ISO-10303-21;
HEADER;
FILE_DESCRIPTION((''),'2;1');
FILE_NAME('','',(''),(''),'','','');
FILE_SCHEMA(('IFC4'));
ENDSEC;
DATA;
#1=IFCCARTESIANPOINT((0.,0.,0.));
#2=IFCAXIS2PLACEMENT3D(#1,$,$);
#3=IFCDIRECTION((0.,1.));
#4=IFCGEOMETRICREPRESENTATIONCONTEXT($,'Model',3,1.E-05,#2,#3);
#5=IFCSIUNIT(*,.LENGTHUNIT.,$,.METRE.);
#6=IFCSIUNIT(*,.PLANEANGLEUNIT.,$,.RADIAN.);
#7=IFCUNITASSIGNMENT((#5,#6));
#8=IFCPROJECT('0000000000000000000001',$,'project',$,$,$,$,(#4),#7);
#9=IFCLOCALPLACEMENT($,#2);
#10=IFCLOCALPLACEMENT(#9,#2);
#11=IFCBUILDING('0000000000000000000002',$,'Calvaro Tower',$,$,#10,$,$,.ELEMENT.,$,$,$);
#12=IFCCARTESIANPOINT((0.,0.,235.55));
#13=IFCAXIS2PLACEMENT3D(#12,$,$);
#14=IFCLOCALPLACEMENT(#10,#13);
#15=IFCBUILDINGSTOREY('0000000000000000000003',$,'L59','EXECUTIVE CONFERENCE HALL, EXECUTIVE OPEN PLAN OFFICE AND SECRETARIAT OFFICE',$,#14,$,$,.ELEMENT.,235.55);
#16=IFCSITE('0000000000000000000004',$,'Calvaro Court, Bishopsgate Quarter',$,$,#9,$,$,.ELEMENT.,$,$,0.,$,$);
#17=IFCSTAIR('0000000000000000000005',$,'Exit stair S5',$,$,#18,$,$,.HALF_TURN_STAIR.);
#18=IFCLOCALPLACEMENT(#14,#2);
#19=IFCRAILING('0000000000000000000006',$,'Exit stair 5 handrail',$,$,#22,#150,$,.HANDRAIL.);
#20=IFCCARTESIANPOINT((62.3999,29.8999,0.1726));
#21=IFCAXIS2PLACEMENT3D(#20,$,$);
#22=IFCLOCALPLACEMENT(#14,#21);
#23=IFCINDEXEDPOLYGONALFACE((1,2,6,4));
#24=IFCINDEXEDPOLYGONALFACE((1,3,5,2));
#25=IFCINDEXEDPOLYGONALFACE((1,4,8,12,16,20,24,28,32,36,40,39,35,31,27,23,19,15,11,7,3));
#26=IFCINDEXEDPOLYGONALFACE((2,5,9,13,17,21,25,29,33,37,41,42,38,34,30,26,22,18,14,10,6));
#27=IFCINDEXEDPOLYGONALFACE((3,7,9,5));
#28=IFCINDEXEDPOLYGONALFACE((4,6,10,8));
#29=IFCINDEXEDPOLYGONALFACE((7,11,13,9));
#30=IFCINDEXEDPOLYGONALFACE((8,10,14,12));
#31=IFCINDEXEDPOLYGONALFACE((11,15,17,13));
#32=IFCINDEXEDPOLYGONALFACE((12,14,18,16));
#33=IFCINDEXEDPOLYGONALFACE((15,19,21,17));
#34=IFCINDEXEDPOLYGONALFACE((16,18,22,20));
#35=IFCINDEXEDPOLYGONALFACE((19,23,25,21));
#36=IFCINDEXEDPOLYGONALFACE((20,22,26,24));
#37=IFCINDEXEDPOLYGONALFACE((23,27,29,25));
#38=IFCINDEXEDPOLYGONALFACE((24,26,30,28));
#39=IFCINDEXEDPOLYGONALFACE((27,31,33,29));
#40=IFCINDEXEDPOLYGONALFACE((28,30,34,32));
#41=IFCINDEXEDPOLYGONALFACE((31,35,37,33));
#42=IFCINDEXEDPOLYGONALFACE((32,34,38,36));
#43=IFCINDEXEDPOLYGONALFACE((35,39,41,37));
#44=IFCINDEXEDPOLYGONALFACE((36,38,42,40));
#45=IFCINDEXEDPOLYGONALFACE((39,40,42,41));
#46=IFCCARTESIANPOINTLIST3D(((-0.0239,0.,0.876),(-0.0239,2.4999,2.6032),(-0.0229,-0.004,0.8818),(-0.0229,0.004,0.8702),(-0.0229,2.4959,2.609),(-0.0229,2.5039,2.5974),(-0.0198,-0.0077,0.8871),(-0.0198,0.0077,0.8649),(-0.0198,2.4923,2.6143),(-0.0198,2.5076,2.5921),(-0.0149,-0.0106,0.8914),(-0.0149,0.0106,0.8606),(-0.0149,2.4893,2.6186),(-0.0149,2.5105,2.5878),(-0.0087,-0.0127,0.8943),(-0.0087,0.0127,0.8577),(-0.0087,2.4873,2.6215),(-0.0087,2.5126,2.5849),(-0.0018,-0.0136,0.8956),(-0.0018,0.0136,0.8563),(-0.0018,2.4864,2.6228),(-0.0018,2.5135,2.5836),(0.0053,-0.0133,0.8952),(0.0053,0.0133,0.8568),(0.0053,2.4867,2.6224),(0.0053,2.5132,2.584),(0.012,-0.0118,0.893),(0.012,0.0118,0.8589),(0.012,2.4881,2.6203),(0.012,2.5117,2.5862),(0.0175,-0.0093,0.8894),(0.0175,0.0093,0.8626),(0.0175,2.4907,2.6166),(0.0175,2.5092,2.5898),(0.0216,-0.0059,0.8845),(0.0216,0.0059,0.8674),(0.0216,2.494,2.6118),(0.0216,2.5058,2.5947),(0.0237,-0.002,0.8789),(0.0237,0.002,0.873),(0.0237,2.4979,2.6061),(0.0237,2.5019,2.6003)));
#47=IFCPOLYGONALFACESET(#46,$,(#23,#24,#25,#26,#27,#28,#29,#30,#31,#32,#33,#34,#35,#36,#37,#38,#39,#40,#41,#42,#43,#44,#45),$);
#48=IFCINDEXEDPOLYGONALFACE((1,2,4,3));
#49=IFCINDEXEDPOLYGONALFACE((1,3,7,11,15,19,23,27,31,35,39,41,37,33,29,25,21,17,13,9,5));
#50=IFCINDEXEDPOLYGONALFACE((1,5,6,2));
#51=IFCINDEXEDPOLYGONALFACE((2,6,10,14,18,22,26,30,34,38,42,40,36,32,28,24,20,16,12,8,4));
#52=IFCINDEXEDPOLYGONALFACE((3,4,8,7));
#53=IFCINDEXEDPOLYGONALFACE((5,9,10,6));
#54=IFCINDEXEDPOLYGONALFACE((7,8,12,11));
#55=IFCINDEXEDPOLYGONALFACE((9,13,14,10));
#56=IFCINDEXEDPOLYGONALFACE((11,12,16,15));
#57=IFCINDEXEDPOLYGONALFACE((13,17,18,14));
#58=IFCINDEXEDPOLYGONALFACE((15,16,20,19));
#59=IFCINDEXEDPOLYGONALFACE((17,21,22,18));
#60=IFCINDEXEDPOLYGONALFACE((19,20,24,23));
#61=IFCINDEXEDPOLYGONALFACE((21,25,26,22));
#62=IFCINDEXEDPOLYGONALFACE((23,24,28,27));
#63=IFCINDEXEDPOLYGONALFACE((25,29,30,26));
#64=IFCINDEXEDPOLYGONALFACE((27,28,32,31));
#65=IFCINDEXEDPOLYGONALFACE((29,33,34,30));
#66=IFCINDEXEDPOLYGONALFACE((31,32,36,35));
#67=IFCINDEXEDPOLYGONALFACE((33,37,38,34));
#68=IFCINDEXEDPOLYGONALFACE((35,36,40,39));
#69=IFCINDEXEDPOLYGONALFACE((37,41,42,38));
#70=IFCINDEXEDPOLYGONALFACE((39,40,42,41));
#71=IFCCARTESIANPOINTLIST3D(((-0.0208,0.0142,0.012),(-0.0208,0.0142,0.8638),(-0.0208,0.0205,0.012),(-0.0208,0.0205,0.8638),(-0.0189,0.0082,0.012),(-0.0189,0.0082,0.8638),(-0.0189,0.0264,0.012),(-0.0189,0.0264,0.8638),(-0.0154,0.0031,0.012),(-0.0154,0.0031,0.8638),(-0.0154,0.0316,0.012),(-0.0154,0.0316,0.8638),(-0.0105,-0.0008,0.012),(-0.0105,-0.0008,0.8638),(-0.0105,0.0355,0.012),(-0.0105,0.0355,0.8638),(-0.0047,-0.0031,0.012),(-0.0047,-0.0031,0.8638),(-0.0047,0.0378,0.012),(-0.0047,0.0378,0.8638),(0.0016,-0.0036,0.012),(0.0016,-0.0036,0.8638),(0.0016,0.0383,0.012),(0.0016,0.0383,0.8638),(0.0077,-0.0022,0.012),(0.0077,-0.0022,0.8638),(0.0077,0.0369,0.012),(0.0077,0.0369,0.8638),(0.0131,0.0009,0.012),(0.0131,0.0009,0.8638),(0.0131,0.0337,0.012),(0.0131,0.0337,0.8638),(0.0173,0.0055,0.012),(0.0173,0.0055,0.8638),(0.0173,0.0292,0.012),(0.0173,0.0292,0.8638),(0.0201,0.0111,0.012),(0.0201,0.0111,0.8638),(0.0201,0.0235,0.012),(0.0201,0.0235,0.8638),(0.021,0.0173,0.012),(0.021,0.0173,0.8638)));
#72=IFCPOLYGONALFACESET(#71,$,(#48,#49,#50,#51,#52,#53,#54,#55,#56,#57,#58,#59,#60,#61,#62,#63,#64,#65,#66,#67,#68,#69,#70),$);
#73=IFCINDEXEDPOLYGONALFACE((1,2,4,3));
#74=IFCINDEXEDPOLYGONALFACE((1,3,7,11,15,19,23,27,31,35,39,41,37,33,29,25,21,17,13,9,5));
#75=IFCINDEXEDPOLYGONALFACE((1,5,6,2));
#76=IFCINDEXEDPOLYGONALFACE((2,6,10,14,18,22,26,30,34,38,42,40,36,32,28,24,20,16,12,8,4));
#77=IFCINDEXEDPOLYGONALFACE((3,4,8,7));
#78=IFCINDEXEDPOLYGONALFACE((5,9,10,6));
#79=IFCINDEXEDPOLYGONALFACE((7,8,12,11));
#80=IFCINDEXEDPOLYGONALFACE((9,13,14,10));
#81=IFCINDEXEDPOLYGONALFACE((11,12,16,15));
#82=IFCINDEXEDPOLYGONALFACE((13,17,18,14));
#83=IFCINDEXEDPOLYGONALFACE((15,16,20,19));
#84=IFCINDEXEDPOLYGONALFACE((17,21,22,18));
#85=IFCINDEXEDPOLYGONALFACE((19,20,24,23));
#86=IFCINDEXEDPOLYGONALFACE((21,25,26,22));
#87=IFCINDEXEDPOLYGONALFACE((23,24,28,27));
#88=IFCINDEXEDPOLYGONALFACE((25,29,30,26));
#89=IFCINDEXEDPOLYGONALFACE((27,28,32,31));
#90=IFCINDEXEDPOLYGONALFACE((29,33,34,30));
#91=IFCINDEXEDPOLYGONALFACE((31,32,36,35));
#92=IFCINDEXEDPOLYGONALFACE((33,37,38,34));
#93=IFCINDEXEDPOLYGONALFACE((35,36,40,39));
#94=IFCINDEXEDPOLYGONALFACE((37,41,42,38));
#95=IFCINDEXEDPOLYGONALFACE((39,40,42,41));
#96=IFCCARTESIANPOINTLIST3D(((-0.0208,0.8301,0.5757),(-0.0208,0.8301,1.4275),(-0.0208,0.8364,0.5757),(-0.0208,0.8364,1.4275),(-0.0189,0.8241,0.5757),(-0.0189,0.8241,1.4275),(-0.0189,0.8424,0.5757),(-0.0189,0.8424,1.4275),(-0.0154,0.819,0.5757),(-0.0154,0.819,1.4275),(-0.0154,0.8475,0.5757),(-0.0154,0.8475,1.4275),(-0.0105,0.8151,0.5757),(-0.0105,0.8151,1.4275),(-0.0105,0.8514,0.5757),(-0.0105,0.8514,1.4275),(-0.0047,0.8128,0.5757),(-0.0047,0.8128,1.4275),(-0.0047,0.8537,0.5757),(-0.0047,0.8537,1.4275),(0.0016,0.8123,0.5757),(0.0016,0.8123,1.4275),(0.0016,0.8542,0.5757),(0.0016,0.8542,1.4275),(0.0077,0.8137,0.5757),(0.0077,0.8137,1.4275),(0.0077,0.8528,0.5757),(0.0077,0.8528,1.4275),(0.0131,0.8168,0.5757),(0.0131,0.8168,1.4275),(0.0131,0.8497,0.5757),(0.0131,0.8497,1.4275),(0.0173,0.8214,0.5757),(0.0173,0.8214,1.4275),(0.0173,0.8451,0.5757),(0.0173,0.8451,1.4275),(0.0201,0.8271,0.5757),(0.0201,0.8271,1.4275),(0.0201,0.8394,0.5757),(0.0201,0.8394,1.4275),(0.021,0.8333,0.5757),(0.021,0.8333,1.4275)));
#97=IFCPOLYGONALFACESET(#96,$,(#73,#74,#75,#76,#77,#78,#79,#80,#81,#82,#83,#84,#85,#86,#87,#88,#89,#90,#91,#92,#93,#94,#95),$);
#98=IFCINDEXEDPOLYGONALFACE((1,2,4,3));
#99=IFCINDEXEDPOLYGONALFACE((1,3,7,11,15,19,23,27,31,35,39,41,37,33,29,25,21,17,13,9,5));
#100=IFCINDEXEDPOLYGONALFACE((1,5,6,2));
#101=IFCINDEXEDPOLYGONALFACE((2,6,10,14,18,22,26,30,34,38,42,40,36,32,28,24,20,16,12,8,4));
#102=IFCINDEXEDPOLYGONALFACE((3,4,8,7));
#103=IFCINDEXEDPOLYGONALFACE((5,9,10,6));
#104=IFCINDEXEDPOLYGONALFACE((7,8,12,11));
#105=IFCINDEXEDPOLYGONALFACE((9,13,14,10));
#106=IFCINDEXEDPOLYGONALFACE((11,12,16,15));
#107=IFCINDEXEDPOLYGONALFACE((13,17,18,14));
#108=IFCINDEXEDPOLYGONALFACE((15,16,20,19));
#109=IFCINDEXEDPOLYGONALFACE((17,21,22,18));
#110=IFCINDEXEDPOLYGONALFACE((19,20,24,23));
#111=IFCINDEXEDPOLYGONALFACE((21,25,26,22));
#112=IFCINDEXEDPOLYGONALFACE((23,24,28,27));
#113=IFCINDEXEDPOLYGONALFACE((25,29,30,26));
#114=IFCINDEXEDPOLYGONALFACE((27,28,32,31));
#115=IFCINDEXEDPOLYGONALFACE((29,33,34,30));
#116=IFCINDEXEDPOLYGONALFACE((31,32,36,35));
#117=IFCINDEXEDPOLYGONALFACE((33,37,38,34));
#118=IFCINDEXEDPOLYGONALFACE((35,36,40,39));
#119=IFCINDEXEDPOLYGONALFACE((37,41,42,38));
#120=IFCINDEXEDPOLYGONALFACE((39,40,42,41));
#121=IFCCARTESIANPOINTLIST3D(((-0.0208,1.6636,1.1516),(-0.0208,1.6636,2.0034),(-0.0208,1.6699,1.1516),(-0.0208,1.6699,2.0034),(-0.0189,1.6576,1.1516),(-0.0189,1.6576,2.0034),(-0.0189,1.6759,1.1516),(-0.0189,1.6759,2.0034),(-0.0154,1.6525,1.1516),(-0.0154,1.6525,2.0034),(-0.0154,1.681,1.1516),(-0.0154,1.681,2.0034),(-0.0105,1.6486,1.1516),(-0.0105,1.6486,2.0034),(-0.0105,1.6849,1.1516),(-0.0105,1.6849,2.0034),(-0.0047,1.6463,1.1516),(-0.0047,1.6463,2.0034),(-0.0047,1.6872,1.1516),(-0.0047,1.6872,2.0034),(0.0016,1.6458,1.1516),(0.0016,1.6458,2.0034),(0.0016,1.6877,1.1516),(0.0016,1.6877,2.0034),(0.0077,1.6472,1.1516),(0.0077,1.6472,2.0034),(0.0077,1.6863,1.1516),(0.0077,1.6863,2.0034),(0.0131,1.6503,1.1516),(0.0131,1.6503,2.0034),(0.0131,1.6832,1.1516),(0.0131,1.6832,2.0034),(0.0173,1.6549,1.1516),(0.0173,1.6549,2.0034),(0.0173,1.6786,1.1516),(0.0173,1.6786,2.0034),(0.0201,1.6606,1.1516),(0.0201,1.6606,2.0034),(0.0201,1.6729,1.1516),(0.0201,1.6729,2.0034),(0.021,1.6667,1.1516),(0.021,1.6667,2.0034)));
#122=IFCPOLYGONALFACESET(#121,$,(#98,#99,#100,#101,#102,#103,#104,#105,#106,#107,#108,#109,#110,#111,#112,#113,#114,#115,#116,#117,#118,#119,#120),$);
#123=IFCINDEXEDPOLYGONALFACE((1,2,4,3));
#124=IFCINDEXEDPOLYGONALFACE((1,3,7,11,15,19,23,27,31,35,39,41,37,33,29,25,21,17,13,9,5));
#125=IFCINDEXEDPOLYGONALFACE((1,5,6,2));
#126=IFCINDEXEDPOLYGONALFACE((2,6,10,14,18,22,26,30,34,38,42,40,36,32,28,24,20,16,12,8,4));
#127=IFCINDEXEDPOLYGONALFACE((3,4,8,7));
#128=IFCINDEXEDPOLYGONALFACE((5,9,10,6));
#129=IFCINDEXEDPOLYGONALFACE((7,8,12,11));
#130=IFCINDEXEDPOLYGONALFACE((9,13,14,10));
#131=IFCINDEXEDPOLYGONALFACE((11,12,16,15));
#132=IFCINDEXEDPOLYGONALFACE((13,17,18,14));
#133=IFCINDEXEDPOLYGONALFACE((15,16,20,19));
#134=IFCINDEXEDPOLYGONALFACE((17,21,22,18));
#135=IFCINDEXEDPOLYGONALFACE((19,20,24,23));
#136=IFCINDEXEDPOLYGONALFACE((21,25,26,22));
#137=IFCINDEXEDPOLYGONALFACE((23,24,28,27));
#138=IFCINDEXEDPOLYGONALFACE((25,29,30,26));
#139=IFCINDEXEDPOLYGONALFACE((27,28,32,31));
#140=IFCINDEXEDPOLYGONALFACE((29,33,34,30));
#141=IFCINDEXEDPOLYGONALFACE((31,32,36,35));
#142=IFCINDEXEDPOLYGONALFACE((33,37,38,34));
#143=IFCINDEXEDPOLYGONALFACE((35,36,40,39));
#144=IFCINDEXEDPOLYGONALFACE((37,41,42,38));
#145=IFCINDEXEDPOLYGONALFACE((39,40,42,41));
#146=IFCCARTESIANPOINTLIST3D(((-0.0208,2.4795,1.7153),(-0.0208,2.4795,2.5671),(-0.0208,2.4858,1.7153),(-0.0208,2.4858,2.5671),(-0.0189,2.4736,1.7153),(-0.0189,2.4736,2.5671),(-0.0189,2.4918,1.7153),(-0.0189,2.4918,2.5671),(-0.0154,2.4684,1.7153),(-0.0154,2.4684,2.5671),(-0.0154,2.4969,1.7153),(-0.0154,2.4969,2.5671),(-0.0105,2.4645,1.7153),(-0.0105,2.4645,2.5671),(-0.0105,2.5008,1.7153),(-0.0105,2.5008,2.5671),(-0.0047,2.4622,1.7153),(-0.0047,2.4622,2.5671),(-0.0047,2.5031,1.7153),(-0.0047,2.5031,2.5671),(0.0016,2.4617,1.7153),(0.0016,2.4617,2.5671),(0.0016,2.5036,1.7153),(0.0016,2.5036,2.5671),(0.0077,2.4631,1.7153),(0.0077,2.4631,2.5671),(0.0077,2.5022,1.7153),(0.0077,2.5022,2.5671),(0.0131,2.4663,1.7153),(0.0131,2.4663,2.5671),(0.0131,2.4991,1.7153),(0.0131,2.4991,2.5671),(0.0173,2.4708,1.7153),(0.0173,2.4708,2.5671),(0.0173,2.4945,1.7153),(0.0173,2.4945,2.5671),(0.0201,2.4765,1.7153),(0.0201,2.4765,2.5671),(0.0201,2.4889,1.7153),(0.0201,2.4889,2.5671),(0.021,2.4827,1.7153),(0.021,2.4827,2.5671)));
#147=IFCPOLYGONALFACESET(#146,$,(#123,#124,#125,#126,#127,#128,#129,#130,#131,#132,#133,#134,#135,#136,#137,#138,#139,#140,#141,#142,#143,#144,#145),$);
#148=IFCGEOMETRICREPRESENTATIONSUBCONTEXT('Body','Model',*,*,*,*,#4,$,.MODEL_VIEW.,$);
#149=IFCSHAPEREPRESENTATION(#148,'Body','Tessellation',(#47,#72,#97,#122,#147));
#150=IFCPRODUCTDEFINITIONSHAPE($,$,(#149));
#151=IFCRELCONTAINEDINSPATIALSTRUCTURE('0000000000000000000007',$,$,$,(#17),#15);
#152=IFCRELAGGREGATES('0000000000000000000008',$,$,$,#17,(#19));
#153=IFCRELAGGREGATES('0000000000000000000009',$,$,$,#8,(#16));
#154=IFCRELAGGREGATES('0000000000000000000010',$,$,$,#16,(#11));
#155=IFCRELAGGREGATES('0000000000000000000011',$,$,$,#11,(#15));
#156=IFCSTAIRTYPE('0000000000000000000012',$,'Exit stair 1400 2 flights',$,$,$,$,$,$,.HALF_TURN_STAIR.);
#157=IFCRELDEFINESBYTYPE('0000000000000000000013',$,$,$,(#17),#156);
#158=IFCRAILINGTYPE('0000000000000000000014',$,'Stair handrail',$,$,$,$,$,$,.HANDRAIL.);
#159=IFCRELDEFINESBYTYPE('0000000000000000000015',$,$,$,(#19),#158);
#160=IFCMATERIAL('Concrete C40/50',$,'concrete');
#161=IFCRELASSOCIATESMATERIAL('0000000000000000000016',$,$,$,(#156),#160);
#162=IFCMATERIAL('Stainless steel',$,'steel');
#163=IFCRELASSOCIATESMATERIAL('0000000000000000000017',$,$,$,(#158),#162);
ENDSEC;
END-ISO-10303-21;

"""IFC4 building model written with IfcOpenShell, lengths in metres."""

from ifc_helpers import new_model, si_unit, direction, frame, origin, origin_2d, place, context, subcontext, project, spatial, circle, extrude, material, type_object, element, aggregate, save


model = new_model("IFC4")

# Units and contexts
model_context = context("Model", 3, precision=1e-05, world=origin(), true_north=direction((0.0, 1.0)))
body_context = subcontext(model_context, "Body", "Model", "MODEL_VIEW")
ifc_project = project(units=[si_unit("LENGTHUNIT", "METRE"), si_unit("PLANEANGLEUNIT", "RADIAN")], contexts=[model_context])

# Site, building, storey
site_placement = place(None, origin())
site = spatial("IfcSite", under=ifc_project, at=site_placement, Name="Calvaro Court, Bishopsgate Quarter", CompositionType="ELEMENT", RefElevation=0.0)
building_placement = place(site_placement, origin())
building = spatial("IfcBuilding", under=site, at=building_placement, Name="Calvaro Tower", CompositionType="ELEMENT")
storey_placement = place(building_placement, frame((0.0, 0.0, 235.55)))
storey = spatial("IfcBuildingStorey", under=building, at=storey_placement, Name="L59", Description="EXECUTIVE CONFERENCE HALL, EXECUTIVE OPEN PLAN OFFICE AND SECRETARIAT OFFICE", CompositionType="ELEMENT", Elevation=235.55)

# Shared definitions
ifc_material_1 = material(Name="Concrete C40/50", Category="concrete")
stair_type = type_object("IfcStairType", Name="Exit stair 1400 2 flights", PredefinedType="HALF_TURN_STAIR", material=ifc_material_1)

# Stair
stair_1_placement = place(storey_placement, origin())
stair_1 = element("IfcStair", 1, at=stair_1_placement, inside=storey, type_object=stair_type, Name="Exit stair S5", PredefinedType="HALF_TURN_STAIR")

# Railing
ifc_material_2 = material(Name="Stainless steel", Category="steel")
railing_type = type_object("IfcRailingType", Name="Stair handrail", PredefinedType="HANDRAIL", material=ifc_material_2)
railing_1_placement = place(storey_placement, frame((62.3999, 29.8999, 0.1726)))
railing_1 = element("IfcRailing", 2, at=railing_1_placement, type_object=railing_type, Name="Exit stair 5 handrail", PredefinedType="HANDRAIL", context=body_context, shape_type="SweptSolid", body=[
    extrude(circle(Radius=0.0239, at=origin_2d()), frame((0.0, 0.0, 0.876), z_axis=(0.0, 0.822727, 0.568437), x_axis=(-1.0, 0.0, 0.0)), (0.0, 0.0, 1.0), 3.0386),
    extrude(circle(Radius=0.021, at=origin_2d()), frame((0.0, 0.0173, 0.012)), (0.0, 0.0, 1.0), 0.8518),
    extrude(circle(Radius=0.021, at=origin_2d()), frame((0.0, 0.8333, 0.5757)), (0.0, 0.0, 1.0), 0.8518),
    extrude(circle(Radius=0.021, at=origin_2d()), frame((0.0, 1.6667, 1.1516)), (0.0, 0.0, 1.0), 0.8518),
    extrude(circle(Radius=0.021, at=origin_2d()), frame((0.0, 2.4827, 1.7153)), (0.0, 0.0, 1.0), 0.8518),
])
aggregate(stair_1, [railing_1])

save(model, "model.ifc")
